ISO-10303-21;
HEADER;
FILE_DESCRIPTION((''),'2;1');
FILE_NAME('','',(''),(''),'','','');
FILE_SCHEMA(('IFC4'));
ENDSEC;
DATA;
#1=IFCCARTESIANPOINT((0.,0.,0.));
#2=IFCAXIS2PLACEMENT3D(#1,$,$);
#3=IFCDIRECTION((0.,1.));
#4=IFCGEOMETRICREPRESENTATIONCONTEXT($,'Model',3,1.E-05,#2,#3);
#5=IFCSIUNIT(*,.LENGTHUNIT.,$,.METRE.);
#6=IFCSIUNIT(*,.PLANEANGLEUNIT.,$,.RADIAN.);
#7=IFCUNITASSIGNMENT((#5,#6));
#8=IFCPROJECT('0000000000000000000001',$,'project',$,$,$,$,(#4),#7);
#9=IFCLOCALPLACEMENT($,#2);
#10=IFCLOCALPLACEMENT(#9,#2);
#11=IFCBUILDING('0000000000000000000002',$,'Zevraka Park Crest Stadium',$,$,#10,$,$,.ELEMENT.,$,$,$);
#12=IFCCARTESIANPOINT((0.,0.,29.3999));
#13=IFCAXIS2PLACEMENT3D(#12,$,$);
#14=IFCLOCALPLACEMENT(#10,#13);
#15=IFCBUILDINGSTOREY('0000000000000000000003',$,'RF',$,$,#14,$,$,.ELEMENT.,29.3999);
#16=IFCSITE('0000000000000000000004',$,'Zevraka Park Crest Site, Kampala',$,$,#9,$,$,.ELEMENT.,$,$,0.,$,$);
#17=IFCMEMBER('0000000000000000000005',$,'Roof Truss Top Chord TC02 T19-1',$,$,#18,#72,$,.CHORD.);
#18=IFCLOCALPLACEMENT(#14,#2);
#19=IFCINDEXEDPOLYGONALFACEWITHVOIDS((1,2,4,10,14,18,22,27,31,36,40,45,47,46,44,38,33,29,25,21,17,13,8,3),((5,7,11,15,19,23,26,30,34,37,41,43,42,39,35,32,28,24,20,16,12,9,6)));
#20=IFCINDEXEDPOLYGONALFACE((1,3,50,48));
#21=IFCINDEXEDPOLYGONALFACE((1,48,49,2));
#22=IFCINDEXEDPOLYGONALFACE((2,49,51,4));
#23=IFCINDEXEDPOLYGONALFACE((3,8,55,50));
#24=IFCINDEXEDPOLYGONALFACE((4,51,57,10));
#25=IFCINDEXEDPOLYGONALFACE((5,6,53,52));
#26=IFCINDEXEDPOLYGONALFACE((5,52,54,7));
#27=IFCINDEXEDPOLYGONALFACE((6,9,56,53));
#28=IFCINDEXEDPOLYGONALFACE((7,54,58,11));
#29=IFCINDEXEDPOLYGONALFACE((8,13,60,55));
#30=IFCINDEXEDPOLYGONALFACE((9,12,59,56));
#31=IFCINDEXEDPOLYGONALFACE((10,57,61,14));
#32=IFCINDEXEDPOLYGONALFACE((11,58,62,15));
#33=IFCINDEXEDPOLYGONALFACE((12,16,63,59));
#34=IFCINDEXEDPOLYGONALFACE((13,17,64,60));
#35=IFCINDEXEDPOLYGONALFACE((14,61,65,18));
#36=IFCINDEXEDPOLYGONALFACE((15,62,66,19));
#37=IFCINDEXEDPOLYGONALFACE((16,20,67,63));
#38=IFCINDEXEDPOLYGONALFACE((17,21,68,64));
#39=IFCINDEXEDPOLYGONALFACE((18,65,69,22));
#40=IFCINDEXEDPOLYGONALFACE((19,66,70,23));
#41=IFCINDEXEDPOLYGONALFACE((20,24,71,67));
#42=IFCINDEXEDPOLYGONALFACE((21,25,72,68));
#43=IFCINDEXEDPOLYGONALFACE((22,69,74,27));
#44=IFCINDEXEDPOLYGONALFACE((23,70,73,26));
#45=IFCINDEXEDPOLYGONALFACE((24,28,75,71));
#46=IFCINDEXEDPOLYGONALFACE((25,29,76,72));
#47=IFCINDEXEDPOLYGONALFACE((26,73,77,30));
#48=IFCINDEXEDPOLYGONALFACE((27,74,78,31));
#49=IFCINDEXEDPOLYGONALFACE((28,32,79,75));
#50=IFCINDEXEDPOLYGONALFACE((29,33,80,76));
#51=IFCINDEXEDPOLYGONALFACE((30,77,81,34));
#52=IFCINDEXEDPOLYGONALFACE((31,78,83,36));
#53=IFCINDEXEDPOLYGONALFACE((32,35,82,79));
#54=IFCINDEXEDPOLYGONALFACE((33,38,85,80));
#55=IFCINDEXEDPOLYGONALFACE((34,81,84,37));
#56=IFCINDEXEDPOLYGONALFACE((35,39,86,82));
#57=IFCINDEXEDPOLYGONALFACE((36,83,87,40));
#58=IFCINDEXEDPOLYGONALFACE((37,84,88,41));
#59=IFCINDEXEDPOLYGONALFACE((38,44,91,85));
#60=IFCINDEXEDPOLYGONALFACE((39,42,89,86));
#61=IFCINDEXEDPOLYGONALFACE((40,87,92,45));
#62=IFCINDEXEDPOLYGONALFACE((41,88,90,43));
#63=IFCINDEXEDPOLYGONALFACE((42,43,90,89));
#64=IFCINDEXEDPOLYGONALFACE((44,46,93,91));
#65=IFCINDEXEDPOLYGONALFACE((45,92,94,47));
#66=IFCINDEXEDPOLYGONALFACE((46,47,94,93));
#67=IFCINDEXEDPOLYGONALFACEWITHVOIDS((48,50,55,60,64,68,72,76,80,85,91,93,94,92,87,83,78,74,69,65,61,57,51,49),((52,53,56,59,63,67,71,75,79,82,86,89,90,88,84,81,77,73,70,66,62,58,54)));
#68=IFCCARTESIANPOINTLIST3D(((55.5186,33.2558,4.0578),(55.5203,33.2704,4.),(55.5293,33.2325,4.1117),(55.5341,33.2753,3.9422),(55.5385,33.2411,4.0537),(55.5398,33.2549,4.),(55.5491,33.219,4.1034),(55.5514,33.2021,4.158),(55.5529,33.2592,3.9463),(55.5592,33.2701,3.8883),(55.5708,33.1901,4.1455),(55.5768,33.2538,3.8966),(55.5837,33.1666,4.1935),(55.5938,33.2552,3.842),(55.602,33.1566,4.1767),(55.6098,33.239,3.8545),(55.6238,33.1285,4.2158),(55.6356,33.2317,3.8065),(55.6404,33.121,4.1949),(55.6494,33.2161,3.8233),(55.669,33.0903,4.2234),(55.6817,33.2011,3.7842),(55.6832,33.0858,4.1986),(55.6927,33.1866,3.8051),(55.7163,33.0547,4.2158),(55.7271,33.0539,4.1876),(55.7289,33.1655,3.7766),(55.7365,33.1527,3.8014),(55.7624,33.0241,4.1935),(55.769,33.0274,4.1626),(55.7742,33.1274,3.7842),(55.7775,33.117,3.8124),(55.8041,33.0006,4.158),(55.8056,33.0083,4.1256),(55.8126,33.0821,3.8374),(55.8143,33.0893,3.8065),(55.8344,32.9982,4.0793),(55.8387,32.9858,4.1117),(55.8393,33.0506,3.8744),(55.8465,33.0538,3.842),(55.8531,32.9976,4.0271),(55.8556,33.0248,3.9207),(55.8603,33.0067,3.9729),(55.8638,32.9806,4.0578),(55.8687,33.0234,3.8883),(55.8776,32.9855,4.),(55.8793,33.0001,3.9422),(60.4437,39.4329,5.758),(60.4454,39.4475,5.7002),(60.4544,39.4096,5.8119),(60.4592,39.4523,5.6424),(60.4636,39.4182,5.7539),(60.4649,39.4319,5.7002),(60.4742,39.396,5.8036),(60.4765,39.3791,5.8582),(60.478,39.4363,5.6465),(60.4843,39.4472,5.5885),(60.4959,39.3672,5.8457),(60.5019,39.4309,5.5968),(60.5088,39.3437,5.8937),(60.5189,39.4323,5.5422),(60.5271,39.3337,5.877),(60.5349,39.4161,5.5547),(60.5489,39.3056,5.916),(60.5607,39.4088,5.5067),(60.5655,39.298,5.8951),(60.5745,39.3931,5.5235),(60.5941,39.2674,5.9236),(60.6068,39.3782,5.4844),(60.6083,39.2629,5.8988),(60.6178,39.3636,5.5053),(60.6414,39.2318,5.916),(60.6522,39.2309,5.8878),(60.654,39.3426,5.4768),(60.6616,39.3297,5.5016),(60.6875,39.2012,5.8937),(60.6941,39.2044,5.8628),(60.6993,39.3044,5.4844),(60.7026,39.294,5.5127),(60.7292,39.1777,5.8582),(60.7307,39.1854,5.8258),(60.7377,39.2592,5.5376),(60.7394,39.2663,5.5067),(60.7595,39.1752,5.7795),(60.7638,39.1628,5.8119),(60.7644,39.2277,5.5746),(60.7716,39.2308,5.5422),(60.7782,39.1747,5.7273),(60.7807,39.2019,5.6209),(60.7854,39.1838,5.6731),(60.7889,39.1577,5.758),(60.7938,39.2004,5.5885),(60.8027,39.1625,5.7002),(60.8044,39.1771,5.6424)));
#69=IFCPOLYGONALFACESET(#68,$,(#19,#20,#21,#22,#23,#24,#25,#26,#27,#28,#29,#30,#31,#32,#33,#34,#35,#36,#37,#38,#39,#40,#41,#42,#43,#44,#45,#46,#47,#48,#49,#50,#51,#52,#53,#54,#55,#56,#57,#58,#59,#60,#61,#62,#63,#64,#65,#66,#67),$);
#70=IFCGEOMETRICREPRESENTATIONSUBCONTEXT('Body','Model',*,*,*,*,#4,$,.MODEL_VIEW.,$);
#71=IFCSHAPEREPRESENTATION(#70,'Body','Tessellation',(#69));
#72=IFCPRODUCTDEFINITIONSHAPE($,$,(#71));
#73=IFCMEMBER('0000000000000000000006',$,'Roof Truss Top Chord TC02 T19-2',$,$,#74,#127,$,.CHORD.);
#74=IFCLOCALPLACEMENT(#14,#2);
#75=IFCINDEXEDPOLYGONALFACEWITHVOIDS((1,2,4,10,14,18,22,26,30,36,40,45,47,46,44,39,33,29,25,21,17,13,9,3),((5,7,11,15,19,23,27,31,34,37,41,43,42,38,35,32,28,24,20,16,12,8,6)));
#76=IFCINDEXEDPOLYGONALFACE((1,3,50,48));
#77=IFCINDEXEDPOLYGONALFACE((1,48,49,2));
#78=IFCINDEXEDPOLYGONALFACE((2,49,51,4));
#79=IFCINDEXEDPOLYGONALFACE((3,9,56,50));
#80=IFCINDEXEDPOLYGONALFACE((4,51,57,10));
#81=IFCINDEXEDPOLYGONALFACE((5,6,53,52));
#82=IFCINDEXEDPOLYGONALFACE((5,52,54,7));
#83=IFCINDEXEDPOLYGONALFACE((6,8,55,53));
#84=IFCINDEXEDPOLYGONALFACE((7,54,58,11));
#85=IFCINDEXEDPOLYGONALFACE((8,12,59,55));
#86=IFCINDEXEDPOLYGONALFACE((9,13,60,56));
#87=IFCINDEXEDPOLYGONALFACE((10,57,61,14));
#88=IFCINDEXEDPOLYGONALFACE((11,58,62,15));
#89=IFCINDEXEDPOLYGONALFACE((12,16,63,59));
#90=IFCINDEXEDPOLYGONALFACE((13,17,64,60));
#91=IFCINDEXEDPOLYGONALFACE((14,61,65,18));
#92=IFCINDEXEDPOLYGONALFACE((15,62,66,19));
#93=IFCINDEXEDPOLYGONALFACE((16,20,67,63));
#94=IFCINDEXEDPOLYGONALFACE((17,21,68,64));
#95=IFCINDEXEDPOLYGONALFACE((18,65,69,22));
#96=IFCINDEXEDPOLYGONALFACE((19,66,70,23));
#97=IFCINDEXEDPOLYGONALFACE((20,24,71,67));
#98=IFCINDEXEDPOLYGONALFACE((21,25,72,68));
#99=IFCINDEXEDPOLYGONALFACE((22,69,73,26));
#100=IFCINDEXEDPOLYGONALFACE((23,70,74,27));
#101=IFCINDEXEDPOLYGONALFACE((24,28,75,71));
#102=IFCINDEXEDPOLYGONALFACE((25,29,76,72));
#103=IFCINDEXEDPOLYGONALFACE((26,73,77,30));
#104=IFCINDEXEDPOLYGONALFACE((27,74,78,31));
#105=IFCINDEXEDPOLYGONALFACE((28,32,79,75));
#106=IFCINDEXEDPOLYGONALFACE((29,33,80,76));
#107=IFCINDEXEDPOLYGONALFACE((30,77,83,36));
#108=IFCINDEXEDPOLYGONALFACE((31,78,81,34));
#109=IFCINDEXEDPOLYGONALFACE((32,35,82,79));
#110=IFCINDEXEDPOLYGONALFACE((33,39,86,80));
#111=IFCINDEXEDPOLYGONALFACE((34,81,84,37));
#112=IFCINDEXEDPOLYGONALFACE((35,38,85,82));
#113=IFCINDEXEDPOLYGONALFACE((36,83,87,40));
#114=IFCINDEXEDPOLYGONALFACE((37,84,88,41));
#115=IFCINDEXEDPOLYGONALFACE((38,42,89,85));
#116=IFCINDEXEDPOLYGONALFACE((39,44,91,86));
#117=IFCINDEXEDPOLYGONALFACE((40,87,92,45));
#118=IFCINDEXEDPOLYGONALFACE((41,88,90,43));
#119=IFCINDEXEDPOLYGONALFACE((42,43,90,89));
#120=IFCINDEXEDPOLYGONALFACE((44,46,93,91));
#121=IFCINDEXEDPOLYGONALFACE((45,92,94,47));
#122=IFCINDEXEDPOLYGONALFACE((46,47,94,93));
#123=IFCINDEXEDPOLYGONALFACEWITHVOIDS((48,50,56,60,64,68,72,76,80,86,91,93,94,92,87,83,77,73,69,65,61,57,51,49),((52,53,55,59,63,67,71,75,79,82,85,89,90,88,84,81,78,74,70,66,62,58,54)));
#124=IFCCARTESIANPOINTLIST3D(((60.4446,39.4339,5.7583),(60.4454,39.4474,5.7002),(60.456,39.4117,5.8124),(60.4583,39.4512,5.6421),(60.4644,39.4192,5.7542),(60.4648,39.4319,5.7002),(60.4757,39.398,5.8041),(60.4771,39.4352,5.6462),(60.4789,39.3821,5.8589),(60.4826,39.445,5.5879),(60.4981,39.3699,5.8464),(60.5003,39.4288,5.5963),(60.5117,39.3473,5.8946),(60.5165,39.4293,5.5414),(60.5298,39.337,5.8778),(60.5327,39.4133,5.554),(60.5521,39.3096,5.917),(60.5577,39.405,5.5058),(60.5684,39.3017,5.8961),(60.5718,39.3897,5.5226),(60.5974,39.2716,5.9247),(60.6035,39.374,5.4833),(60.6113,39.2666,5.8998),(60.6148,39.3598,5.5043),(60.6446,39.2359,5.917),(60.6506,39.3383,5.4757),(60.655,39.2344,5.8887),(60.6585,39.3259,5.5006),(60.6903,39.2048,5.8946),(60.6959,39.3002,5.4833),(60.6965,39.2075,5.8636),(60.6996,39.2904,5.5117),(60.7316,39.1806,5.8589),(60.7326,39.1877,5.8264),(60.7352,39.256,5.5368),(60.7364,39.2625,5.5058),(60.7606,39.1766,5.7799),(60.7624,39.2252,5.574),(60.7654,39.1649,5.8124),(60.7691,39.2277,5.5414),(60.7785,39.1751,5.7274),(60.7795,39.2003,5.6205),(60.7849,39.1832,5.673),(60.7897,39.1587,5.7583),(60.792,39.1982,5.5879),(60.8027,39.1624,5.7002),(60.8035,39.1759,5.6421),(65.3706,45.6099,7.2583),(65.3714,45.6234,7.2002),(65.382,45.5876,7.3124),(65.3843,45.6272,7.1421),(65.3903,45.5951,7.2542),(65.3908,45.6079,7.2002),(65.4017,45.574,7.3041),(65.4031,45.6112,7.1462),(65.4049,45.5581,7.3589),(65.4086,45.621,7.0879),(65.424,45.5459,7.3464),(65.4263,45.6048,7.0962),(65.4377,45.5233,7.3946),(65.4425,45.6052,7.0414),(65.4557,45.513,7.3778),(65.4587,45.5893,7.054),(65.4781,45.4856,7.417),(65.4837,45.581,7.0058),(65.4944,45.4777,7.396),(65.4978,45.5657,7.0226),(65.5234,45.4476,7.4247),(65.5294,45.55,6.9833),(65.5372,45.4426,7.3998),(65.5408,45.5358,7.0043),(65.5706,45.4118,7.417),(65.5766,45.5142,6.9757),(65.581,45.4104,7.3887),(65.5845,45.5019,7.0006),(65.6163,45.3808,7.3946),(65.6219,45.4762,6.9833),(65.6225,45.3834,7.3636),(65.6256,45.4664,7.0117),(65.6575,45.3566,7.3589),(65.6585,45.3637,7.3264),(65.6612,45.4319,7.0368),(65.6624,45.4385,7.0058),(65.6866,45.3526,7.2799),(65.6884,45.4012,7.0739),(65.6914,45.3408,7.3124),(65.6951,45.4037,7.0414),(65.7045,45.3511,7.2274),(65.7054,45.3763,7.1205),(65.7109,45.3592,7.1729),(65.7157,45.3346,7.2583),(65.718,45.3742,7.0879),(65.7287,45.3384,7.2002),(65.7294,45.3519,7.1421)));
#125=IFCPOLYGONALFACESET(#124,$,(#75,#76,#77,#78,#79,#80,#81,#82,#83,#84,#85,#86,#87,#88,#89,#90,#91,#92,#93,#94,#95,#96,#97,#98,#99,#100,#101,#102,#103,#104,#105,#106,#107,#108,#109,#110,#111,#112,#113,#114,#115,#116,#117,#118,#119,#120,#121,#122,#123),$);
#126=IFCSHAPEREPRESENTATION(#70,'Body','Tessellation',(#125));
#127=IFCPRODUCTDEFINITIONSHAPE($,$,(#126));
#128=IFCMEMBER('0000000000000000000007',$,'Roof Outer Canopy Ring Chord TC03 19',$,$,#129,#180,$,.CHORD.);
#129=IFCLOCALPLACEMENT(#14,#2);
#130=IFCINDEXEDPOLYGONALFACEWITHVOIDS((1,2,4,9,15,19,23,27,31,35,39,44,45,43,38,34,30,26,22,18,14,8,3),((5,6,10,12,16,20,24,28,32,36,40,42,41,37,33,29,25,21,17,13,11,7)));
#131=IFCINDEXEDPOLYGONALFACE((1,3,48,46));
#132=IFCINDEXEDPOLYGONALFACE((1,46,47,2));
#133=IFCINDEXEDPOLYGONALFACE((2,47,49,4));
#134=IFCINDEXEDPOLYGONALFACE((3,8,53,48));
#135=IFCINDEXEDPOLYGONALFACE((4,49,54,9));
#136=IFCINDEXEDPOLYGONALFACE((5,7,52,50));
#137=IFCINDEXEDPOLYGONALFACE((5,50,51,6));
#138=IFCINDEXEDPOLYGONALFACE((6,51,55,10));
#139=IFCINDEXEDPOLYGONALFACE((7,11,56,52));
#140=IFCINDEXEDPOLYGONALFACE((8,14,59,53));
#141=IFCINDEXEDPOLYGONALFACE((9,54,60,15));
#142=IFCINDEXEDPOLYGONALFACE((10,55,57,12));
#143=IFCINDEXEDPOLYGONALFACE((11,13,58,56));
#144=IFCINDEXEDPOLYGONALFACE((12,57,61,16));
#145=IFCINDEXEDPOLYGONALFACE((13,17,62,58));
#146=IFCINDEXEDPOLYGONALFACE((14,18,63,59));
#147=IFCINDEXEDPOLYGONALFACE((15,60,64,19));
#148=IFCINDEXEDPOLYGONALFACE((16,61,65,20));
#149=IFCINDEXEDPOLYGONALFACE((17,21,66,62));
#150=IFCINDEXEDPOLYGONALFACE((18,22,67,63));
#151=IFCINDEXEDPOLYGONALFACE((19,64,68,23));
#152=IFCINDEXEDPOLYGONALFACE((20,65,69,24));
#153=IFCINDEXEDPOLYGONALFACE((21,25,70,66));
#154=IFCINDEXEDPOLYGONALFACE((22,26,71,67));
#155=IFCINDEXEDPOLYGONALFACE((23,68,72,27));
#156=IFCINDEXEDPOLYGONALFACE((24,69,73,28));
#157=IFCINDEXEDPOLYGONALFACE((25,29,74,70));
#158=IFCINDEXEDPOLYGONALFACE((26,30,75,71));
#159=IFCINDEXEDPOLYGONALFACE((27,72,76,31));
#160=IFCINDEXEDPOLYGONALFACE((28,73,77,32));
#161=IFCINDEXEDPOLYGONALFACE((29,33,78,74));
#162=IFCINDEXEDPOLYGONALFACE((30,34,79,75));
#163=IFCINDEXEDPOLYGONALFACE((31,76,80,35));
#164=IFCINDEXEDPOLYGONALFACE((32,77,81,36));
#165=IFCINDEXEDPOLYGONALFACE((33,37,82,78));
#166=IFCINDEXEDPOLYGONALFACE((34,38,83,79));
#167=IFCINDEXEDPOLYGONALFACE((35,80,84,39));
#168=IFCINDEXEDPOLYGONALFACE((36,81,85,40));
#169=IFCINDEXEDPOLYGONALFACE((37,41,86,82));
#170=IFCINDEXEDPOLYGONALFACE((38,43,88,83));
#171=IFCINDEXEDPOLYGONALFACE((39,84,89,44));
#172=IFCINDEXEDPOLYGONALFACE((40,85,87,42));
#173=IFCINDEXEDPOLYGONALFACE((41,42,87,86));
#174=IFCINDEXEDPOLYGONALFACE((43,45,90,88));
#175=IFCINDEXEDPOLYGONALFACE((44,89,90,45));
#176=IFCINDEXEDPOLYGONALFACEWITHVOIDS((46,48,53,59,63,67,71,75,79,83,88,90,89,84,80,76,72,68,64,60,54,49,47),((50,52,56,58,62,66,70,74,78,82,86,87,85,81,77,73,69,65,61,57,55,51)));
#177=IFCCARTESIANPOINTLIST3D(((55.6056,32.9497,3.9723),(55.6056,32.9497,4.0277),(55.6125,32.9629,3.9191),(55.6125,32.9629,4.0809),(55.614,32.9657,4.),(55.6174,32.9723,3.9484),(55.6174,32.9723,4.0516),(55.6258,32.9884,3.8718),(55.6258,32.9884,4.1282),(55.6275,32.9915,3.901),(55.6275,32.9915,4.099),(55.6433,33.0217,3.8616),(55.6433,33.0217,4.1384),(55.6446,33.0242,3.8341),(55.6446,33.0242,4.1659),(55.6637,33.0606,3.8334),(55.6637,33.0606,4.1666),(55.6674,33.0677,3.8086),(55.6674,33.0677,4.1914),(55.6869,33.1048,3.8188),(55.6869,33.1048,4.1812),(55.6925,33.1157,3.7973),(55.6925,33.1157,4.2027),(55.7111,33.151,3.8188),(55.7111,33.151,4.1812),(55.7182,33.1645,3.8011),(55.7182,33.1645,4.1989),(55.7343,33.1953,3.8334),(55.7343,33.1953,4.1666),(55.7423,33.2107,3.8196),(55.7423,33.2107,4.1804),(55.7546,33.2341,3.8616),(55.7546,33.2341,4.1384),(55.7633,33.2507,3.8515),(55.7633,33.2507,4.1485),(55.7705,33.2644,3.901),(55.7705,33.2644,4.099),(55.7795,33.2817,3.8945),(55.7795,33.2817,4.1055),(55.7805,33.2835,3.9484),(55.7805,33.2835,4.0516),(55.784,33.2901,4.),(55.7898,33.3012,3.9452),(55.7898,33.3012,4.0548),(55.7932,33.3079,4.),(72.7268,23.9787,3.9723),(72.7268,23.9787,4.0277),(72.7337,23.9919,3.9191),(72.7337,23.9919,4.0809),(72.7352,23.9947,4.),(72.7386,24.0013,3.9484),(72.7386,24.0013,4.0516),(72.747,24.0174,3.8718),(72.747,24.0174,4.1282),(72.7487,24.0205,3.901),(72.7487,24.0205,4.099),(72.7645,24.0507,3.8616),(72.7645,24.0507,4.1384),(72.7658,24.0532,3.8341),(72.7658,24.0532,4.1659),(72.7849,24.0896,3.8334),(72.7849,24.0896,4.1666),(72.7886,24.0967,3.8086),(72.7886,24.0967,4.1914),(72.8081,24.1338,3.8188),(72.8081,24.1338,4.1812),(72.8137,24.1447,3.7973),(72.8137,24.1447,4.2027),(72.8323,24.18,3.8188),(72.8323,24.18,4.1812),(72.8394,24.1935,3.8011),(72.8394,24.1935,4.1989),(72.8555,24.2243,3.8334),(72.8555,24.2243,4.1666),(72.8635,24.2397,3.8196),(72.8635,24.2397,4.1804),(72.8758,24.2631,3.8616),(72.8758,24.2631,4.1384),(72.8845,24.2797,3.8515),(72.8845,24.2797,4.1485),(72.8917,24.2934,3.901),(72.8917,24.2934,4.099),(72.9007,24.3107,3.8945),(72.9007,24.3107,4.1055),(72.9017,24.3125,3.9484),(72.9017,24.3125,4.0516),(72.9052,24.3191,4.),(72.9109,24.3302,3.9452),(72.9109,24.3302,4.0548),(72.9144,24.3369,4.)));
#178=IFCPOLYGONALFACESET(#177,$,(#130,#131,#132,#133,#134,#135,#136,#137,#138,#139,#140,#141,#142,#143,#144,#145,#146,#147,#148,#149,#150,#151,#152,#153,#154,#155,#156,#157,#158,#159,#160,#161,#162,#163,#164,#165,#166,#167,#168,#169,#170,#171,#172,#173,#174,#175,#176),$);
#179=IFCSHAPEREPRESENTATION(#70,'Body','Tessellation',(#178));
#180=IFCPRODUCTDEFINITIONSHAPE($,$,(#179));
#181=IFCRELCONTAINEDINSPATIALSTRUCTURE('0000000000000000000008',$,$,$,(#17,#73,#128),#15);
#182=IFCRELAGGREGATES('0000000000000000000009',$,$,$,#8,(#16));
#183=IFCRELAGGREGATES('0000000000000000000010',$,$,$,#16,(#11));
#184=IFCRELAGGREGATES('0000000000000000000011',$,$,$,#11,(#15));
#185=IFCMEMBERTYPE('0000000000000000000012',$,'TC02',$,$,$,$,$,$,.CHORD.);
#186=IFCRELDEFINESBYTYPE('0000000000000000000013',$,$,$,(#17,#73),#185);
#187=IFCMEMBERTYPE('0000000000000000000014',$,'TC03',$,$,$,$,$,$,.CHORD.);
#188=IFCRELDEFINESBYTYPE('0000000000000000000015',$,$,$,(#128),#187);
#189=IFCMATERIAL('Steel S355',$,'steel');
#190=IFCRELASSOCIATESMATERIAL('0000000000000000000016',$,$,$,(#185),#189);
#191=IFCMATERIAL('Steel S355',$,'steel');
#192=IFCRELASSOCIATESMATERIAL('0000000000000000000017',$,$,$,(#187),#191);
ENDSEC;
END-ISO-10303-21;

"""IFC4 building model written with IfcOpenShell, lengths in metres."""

from ifc_helpers import new_model, si_unit, direction, frame, origin, origin_2d, place, context, subcontext, project, spatial, hollow_circle, extrude, material, material_profile, profile_set, type_object, element, save


model = new_model("IFC4")

# Units and contexts
model_context = context("Model", 3, precision=1e-05, world=origin(), true_north=direction((0.0, 1.0)))
body_context = subcontext(model_context, "Body", "Model", "MODEL_VIEW")
ifc_project = project(units=[si_unit("LENGTHUNIT", "METRE"), si_unit("PLANEANGLEUNIT", "RADIAN")], contexts=[model_context])

# Site, building, storey
site_placement = place(None, origin())
site = spatial("IfcSite", under=ifc_project, at=site_placement, Name="Zevraka Park Crest Site, Kampala", CompositionType="ELEMENT", RefElevation=0.0)
building_placement = place(site_placement, origin())
building = spatial("IfcBuilding", under=site, at=building_placement, Name="Zevraka Park Crest Stadium", CompositionType="ELEMENT")
storey_placement = place(building_placement, frame((0.0, 0.0, 29.3999)))
storey = spatial("IfcBuildingStorey", under=building, at=storey_placement, Name="RF", CompositionType="ELEMENT", Elevation=29.3999)

# Members
ifc_material_1 = material(Name="Steel S355", Category="steel")
ifc_material_profile_1 = material_profile(ifc_material_1, hollow_circle(Radius=0.2285, WallThickness=0.0249, at=origin_2d()), Name="CHS 457.0x25")
ifc_profile_set_1 = profile_set([ifc_material_profile_1], Name="Steel S355")
member_type_1 = type_object("IfcMemberType", Name="TC02", PredefinedType="CHORD", material=ifc_profile_set_1)
member_1_placement = place(storey_placement, frame((55.699, 33.1279, 4.0), z_axis=(0.609462, 0.764388, 0.210395), x_axis=(-0.78189, 0.623417, 0.0)))
element("IfcMember", 1, at=member_1_placement, inside=storey, type_object=member_type_1, Name="Roof Truss Top Chord TC02 T19-1", PredefinedType="CHORD", context=body_context, shape_type="SweptSolid", body=[
    extrude(hollow_circle(Radius=0.2285, WallThickness=0.0249, at=origin_2d()), origin(), (0.0, 0.0, 1.0), 8.0811),
])
member_2_placement = place(storey_placement, frame((60.624, 39.3049, 5.7002), z_axis=(0.612607, 0.768059, 0.186542), x_axis=(-0.781782, 0.623552, 0.0)))
element("IfcMember", 2, at=member_2_placement, inside=storey, type_object=member_type_1, Name="Roof Truss Top Chord TC02 T19-2", PredefinedType="CHORD", context=body_context, shape_type="SweptSolid", body=[
    extrude(hollow_circle(Radius=0.2285, WallThickness=0.0249, at=origin_2d()), origin(), (0.0, 0.0, 1.0), 8.041),
])
ifc_material_2 = material(Name="Steel S355", Category="steel")
ifc_material_profile_2 = material_profile(ifc_material_2, hollow_circle(Radius=0.2031, WallThickness=0.02, at=origin_2d()), Name="CHS 406.4x20")
ifc_profile_set_2 = profile_set([ifc_material_profile_2], Name="Steel S355")
member_type_2 = type_object("IfcMemberType", Name="TC03", PredefinedType="CHORD", material=ifc_profile_set_2)
member_3_placement = place(storey_placement, frame((55.699, 33.1279, 4.0), z_axis=(0.885773, -0.464119, 0.0), x_axis=(0.464119, 0.885773, 0.0)))
element("IfcMember", 3, at=member_3_placement, inside=storey, type_object=member_type_2, Name="Roof Outer Canopy Ring Chord TC03 19", PredefinedType="CHORD", context=body_context, shape_type="SweptSolid", body=[
    extrude(hollow_circle(Radius=0.2031, WallThickness=0.02, at=origin_2d()), origin(), (0.0, 0.0, 1.0), 19.3291),
])

save(model, "model.ifc")
